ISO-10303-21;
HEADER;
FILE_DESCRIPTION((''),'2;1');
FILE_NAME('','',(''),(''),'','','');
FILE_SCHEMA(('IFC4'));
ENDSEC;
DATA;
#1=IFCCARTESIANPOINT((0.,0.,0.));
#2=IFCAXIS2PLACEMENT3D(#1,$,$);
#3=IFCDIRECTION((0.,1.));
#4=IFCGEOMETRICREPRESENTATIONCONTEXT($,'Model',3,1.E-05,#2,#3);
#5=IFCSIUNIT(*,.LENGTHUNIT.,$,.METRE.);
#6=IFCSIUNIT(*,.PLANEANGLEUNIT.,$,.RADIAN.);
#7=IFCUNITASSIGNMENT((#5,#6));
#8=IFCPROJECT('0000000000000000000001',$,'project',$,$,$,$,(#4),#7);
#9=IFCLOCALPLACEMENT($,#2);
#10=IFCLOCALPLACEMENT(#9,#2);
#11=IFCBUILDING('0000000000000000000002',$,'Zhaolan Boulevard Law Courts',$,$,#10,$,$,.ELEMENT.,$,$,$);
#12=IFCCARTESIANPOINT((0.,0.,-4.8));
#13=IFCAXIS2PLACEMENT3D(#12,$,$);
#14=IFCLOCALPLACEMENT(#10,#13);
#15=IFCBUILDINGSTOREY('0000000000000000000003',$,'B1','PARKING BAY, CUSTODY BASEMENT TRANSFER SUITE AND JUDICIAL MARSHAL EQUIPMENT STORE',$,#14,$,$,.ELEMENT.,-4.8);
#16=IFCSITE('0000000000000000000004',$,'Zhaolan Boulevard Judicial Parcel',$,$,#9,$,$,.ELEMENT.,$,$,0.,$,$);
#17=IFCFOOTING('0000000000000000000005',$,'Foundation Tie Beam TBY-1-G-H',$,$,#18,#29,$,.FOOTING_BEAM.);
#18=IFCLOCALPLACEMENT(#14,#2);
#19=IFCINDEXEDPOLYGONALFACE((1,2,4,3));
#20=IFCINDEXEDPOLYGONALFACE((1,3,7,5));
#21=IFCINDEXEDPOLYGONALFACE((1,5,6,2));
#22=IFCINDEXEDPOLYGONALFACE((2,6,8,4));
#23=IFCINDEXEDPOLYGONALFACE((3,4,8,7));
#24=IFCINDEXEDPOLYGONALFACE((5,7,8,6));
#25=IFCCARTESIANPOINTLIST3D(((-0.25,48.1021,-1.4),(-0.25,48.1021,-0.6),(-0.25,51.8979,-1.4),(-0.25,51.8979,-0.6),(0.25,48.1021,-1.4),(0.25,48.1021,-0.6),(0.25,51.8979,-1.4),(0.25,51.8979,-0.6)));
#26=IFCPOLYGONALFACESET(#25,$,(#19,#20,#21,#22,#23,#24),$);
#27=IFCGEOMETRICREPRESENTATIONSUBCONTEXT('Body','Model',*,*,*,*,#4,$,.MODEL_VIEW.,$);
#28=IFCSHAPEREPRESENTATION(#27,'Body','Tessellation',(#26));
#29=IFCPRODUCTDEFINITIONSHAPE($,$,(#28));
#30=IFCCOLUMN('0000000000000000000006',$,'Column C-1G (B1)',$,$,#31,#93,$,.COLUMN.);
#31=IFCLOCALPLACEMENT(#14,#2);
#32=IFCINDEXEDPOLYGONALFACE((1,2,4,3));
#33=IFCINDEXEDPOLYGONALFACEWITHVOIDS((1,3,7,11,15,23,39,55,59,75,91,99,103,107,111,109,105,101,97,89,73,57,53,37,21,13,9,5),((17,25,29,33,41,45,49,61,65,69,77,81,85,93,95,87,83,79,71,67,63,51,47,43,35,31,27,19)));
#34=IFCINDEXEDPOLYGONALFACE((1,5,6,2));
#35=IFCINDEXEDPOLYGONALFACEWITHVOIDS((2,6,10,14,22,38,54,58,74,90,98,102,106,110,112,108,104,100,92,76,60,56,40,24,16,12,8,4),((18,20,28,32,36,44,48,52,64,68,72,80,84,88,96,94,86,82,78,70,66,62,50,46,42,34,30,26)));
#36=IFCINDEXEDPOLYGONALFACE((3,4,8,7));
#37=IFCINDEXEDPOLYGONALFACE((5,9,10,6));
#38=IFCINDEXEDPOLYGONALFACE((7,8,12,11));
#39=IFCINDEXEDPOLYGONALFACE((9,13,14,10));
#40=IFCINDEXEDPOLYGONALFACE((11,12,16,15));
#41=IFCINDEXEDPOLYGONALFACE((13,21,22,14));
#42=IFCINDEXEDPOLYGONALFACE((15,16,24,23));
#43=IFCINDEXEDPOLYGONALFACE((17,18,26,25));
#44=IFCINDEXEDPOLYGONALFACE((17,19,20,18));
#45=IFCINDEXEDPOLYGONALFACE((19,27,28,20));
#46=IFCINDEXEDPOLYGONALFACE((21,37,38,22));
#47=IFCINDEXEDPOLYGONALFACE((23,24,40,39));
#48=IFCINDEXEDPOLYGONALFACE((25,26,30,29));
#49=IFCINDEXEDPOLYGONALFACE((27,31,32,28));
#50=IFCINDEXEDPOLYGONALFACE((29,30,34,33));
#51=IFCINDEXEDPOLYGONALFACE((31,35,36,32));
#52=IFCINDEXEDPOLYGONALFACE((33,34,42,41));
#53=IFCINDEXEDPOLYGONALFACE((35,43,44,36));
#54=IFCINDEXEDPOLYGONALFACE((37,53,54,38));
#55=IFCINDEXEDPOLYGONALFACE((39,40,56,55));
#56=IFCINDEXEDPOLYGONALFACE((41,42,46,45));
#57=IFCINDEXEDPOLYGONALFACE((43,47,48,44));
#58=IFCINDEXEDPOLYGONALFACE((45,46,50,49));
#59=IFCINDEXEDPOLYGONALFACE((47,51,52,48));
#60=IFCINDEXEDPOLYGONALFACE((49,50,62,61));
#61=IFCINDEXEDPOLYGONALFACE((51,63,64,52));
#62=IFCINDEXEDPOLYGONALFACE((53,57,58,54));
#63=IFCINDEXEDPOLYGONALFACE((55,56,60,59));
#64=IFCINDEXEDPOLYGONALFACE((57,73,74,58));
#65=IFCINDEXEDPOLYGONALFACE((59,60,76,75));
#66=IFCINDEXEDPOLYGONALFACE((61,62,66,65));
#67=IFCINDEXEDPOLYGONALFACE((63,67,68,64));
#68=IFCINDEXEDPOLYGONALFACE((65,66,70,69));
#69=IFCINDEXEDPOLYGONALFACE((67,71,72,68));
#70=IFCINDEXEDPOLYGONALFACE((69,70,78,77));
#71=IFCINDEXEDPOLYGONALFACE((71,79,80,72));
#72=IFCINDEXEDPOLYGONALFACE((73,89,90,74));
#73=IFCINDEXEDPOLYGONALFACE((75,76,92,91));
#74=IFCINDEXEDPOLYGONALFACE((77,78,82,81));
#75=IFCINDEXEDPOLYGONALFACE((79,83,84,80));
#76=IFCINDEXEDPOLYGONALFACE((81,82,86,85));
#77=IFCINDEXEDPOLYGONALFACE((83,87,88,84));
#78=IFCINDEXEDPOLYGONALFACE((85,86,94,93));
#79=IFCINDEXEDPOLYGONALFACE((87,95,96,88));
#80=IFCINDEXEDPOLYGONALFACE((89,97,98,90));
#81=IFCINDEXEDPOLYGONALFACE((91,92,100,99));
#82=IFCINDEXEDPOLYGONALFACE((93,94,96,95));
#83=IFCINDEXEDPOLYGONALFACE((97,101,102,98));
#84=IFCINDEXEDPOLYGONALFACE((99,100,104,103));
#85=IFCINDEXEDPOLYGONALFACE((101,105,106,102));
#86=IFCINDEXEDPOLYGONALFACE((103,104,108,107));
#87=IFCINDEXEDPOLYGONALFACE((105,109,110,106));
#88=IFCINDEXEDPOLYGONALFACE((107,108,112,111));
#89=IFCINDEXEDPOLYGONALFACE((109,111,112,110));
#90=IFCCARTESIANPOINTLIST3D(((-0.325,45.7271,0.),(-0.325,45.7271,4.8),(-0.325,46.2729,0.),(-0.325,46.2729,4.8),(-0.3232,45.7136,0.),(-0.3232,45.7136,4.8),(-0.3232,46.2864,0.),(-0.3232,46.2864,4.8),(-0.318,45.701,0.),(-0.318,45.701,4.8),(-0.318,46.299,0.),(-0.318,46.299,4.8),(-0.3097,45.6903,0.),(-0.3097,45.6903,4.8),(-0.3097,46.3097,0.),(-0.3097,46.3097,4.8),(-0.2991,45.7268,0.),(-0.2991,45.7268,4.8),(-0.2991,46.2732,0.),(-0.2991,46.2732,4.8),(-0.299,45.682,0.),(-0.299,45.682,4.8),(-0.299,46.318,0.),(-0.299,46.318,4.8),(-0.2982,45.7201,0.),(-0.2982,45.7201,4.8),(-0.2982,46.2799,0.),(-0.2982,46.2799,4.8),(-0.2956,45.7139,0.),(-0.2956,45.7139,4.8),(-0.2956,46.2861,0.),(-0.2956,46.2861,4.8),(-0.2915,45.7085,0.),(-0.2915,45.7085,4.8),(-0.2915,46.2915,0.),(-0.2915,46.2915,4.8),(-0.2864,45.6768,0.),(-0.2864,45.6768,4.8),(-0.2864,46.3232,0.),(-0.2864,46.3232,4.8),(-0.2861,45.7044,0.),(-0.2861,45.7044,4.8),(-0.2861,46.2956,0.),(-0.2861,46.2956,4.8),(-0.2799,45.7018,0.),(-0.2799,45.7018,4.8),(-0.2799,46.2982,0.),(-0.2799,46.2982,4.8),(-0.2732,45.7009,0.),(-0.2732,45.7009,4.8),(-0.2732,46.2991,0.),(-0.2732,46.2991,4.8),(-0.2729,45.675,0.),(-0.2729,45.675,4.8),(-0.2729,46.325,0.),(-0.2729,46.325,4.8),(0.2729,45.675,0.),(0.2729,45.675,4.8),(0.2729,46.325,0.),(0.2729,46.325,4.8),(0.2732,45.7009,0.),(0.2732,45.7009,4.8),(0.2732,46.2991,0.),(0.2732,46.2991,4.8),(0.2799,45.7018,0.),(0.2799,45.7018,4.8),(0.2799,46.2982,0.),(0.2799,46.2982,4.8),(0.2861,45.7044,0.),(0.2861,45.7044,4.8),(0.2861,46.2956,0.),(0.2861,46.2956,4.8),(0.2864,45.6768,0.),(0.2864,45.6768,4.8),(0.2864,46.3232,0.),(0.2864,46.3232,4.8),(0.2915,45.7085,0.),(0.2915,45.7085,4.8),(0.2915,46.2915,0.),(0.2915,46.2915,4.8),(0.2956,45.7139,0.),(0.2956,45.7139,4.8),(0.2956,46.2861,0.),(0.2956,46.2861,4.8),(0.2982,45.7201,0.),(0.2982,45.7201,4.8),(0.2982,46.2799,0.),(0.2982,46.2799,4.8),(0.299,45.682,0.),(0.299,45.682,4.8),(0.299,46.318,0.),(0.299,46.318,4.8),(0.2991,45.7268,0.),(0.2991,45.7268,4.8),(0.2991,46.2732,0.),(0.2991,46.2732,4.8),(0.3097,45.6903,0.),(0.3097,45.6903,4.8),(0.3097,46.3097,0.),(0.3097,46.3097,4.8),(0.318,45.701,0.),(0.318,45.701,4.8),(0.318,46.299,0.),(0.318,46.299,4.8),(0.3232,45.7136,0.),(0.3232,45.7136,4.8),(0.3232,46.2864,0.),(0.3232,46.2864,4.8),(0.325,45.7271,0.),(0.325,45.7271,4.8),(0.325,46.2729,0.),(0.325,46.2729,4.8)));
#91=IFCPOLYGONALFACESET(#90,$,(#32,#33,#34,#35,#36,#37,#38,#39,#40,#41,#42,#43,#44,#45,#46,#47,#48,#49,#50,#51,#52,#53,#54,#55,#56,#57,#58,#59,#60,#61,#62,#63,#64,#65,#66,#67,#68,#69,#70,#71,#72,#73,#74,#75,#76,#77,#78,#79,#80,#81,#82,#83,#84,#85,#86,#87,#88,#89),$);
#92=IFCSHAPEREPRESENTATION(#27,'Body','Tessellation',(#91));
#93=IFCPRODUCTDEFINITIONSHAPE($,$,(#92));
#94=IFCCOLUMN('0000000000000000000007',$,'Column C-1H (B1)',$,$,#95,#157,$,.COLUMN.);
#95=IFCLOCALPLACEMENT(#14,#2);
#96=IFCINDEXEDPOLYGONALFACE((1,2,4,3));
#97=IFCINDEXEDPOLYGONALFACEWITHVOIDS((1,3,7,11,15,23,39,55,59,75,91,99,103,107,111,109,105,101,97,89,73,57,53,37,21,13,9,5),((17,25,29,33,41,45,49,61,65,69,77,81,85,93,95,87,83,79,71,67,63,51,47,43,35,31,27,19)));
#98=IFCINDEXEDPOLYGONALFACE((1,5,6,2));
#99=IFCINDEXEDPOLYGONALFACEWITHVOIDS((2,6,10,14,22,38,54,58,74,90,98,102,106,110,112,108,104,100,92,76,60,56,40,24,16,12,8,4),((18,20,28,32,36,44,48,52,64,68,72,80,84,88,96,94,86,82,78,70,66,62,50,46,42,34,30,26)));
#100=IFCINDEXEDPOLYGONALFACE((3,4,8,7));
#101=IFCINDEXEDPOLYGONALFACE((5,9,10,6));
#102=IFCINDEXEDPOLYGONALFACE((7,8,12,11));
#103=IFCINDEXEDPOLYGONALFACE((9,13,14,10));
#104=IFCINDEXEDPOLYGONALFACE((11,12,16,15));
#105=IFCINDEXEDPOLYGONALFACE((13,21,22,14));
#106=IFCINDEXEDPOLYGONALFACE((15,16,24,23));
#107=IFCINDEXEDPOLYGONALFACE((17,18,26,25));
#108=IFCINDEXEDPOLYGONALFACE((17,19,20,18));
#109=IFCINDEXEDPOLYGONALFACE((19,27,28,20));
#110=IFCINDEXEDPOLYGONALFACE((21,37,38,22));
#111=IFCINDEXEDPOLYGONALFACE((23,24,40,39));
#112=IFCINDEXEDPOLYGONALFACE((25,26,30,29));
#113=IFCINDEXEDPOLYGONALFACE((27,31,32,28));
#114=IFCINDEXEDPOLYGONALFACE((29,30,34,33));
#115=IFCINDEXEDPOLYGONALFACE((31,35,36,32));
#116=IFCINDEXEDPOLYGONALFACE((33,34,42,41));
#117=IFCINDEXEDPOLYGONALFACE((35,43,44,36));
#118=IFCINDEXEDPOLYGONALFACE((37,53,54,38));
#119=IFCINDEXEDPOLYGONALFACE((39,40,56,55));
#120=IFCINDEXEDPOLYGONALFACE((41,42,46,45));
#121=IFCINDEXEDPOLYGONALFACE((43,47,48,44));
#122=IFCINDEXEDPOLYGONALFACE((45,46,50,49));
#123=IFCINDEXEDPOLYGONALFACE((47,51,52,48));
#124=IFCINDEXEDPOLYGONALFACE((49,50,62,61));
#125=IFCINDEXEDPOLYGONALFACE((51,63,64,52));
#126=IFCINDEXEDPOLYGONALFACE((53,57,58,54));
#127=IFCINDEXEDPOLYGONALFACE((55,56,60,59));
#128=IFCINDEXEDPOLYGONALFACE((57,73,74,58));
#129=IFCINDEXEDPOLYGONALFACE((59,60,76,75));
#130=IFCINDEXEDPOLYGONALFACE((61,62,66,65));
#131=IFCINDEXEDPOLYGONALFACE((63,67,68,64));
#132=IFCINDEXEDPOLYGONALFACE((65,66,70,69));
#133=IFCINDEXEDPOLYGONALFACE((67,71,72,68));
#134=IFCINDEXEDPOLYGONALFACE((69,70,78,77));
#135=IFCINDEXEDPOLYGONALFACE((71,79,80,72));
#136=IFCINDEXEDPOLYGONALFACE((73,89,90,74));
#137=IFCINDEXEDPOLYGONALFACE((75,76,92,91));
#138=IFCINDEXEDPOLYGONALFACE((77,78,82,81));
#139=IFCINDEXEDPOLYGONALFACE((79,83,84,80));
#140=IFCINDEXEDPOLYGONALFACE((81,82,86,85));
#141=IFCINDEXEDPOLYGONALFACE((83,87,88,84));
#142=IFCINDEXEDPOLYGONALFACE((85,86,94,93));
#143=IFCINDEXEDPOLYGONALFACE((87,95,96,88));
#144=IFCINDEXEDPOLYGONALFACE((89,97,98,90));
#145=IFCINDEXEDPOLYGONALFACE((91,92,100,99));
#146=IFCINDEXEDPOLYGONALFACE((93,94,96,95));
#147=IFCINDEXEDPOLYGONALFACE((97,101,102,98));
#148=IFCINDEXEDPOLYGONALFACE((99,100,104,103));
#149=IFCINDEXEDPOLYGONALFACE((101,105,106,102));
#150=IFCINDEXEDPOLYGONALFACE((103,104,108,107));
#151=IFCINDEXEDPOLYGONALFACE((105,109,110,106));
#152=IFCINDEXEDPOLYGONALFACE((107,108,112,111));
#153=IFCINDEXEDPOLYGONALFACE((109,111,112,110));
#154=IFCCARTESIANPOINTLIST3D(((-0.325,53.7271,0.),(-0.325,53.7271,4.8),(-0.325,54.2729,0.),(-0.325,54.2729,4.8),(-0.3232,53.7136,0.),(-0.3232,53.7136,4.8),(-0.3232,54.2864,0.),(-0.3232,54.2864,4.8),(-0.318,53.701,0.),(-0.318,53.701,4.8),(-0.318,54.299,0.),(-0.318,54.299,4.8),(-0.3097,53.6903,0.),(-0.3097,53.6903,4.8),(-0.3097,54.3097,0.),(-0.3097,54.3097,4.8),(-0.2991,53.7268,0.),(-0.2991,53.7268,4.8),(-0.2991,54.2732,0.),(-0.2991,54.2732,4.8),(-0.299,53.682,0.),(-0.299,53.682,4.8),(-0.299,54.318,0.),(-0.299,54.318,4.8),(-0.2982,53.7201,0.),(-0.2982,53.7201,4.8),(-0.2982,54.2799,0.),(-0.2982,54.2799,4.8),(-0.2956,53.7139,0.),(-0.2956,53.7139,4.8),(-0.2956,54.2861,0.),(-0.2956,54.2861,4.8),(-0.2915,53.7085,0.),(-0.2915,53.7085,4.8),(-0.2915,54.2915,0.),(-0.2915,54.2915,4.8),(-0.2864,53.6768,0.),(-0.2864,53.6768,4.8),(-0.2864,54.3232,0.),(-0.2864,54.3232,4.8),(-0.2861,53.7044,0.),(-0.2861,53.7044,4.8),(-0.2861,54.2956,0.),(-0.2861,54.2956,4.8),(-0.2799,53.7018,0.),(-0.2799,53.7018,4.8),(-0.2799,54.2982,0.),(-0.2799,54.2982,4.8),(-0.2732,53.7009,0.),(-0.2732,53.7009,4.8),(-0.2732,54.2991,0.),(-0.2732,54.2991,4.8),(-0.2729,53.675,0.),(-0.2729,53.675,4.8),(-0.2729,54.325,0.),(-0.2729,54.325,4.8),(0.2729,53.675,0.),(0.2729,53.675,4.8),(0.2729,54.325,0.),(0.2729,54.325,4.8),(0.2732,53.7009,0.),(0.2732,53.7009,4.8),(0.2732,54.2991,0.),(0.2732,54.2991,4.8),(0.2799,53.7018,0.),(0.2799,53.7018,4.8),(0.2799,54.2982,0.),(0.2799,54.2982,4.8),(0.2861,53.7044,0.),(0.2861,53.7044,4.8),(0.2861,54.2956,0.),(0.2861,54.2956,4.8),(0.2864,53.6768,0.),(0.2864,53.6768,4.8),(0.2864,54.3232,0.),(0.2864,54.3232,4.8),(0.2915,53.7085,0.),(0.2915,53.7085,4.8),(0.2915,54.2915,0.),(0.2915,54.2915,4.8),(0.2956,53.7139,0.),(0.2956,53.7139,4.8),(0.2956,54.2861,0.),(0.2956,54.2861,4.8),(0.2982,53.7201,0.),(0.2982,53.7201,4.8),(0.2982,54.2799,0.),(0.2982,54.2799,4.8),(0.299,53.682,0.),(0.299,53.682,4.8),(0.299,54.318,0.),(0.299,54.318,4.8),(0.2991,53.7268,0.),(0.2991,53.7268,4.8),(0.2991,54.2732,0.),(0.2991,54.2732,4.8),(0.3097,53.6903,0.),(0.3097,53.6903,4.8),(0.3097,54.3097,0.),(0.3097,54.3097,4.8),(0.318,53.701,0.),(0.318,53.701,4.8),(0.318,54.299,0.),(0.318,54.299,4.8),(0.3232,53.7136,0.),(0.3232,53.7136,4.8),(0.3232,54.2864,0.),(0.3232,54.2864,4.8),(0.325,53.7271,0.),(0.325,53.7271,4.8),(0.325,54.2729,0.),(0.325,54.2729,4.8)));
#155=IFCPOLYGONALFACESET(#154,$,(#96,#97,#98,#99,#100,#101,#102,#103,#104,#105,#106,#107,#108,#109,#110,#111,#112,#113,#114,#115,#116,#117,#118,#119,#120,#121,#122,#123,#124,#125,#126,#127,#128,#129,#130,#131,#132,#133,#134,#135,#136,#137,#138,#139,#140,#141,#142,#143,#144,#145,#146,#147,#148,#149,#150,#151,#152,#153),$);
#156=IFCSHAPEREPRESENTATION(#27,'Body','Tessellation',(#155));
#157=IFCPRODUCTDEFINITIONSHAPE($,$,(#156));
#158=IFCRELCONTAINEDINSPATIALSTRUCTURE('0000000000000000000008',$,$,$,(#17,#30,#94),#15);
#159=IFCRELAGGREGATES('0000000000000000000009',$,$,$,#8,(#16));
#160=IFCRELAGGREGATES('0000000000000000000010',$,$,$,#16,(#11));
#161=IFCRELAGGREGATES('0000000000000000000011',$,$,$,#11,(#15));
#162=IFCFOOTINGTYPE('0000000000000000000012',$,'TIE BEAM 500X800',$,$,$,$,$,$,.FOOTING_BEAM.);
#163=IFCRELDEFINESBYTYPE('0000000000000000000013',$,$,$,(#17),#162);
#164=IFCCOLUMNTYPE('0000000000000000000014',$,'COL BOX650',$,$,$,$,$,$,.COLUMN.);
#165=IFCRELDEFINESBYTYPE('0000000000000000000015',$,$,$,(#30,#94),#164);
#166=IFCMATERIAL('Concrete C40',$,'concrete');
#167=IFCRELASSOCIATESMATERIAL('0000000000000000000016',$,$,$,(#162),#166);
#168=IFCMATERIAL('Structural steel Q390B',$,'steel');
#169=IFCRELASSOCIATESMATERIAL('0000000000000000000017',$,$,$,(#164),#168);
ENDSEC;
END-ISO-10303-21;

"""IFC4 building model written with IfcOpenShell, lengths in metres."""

from ifc_helpers import new_model, si_unit, direction, frame, origin, origin_2d, place, context, subcontext, project, spatial, rectangle, hollow_rectangle, extrude, material, material_profile, profile_set, type_object, element, save


model = new_model("IFC4")

# Units and contexts
model_context = context("Model", 3, precision=1e-05, world=origin(), true_north=direction((0.0, 1.0)))
body_context = subcontext(model_context, "Body", "Model", "MODEL_VIEW")
ifc_project = project(units=[si_unit("LENGTHUNIT", "METRE"), si_unit("PLANEANGLEUNIT", "RADIAN")], contexts=[model_context])

# Site, building, storey
site_placement = place(None, origin())
site = spatial("IfcSite", under=ifc_project, at=site_placement, Name="Zhaolan Boulevard Judicial Parcel", CompositionType="ELEMENT", RefElevation=0.0)
building_placement = place(site_placement, origin())
building = spatial("IfcBuilding", under=site, at=building_placement, Name="Zhaolan Boulevard Law Courts", CompositionType="ELEMENT")
storey_placement = place(building_placement, frame((0.0, 0.0, -4.8)))
storey = spatial("IfcBuildingStorey", under=building, at=storey_placement, Name="B1", Description="PARKING BAY, CUSTODY BASEMENT TRANSFER SUITE AND JUDICIAL MARSHAL EQUIPMENT STORE", CompositionType="ELEMENT", Elevation=-4.8)

# Footing
ifc_material_1 = material(Name="Concrete C40", Category="concrete")
ifc_material_profile_1 = material_profile(ifc_material_1, rectangle(XDim=0.5, YDim=0.8, at=origin_2d()), Name="RC500x800")
ifc_profile_set_1 = profile_set([ifc_material_profile_1], Name="Concrete C40")
footing_type_1 = type_object("IfcFootingType", Name="TIE BEAM 500X800", PredefinedType="FOOTING_BEAM", material=ifc_profile_set_1)
footing_placement = place(storey_placement, frame((0.0, 48.1021, -1.0), z_axis=(0.0, 1.0, 0.0), x_axis=(-1.0, 0.0, 0.0)))
element("IfcFooting", 1, at=footing_placement, inside=storey, type_object=footing_type_1, Name="Foundation Tie Beam TBY-1-G-H", PredefinedType="FOOTING_BEAM", context=body_context, shape_type="SweptSolid", body=[
    extrude(rectangle(XDim=0.5, YDim=0.8, at=origin_2d()), origin(), (0.0, 0.0, 1.0), 3.7959),
])

# Columns
ifc_material_2 = material(Name="Structural steel Q390B", Category="steel")
ifc_material_profile_2 = material_profile(ifc_material_2, hollow_rectangle(XDim=0.6499, YDim=0.6499, WallThickness=0.0259, InnerFilletRadius=0.0259, OuterFilletRadius=0.052, at=origin_2d()), Name="BOX650x650x26")
ifc_profile_set_2 = profile_set([ifc_material_profile_2], Name="Structural steel Q390B")
column_type = type_object("IfcColumnType", Name="COL BOX650", PredefinedType="COLUMN", material=ifc_profile_set_2)
for number, where, z_axis, x_axis, name in (
    (2, (0.0, 46.0, 0.0), (0.0, 0.0, 1.0), (1.0, 0.0, 0.0), "Column C-1G (B1)"),
    (3, (0.0, 54.0, 0.0), (0.0, 0.0, 1.0), (1.0, 0.0, 0.0), "Column C-1H (B1)"),
):
    element("IfcColumn", number, at=place(storey_placement, frame(where, z_axis=z_axis, x_axis=x_axis)), inside=storey, type_object=column_type, Name=name, PredefinedType="COLUMN", context=body_context, shape_type="SweptSolid", body=[
        extrude(hollow_rectangle(XDim=0.6499, YDim=0.6499, WallThickness=0.0259, InnerFilletRadius=0.0259, OuterFilletRadius=0.052, at=origin_2d()), origin(), (0.0, 0.0, 1.0), 4.8),
    ])

save(model, "model.ifc")
